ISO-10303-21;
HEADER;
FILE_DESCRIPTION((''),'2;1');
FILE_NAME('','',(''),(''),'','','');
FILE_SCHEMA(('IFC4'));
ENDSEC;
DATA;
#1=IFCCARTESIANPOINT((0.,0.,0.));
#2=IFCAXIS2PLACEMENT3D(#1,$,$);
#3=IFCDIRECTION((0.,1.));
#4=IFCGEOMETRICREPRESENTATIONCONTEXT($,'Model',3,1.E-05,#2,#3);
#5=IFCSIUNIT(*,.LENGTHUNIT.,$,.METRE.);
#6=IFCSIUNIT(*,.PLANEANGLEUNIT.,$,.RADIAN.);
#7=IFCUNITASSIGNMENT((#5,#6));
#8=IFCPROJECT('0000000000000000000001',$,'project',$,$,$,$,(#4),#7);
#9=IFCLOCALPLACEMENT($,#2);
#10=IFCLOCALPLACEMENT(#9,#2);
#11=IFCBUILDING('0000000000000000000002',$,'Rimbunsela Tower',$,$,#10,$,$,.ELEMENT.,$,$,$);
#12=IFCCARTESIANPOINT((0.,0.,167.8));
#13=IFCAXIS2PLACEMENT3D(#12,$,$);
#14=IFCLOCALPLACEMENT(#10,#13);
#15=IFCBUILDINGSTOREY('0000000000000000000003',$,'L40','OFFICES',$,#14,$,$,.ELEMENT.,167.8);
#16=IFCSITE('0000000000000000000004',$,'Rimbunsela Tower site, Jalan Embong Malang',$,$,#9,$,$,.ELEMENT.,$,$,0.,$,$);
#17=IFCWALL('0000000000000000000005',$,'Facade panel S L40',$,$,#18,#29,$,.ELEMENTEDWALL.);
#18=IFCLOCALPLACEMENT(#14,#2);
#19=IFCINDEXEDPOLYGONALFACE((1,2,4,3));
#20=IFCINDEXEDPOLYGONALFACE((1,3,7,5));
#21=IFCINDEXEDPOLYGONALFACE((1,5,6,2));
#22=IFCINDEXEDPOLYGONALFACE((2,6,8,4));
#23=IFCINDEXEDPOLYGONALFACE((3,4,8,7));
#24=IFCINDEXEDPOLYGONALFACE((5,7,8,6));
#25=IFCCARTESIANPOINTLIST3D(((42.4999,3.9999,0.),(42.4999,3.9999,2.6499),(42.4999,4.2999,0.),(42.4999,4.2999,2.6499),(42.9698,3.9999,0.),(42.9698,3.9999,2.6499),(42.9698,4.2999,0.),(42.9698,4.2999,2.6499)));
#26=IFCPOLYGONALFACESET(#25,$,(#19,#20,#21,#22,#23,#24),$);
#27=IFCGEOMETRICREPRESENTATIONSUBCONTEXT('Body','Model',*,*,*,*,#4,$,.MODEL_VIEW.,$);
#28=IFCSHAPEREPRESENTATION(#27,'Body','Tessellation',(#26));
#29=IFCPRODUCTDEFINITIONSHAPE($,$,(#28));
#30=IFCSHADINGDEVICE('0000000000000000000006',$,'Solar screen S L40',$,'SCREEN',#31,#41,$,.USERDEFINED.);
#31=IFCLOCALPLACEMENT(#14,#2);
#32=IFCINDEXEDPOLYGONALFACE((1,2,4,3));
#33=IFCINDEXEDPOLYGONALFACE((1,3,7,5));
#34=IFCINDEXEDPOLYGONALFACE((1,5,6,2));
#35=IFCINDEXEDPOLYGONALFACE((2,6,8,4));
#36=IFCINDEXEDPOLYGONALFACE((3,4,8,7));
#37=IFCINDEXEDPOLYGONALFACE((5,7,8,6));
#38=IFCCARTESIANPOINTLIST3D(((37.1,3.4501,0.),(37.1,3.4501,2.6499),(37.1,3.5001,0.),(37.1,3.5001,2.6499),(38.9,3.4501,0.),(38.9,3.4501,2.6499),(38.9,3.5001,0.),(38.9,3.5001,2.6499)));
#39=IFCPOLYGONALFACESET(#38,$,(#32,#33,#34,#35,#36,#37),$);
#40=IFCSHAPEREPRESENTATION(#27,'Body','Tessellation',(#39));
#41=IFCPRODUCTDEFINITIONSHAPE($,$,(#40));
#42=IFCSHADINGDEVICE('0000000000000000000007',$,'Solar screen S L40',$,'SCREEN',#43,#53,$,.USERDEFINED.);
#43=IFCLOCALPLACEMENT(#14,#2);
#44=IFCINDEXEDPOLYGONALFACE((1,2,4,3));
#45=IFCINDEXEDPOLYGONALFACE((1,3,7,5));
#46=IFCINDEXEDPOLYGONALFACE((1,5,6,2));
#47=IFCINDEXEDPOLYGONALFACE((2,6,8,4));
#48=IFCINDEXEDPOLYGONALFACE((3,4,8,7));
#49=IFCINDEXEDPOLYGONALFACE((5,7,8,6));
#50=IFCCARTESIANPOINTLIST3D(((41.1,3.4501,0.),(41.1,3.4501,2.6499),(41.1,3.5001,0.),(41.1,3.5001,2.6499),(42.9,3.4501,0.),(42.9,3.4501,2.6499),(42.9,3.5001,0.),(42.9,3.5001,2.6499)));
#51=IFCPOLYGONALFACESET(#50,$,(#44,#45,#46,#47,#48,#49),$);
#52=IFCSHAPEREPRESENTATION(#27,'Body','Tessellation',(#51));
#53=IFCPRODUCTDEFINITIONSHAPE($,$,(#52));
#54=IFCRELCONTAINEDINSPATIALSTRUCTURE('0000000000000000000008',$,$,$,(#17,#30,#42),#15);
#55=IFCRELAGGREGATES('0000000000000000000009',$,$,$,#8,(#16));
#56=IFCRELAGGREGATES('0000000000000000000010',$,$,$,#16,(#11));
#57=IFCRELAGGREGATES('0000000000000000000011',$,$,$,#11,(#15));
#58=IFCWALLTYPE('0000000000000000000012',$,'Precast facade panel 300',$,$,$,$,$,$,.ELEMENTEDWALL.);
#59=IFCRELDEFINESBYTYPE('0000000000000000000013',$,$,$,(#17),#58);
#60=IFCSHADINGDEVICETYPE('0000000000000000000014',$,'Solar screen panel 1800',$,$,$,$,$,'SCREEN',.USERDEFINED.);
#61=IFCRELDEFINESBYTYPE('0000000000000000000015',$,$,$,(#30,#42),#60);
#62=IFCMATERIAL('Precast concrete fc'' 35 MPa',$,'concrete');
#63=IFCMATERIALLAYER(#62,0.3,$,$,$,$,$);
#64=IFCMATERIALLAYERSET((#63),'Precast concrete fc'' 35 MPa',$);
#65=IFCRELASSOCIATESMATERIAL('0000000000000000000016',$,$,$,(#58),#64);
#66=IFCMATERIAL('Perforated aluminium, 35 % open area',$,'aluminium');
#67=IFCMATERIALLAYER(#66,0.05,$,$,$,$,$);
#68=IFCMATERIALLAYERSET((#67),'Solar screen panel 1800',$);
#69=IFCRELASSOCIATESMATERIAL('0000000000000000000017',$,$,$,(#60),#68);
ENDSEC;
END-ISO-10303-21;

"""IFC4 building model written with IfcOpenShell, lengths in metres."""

from ifc_helpers import new_model, si_unit, direction, frame, frame_2d, origin, origin_2d, place, context, subcontext, project, spatial, rectangle, extrude, material, layer, layer_set, type_object, element, save


model = new_model("IFC4")

# Units and contexts
model_context = context("Model", 3, precision=1e-05, world=origin(), true_north=direction((0.0, 1.0)))
body_context = subcontext(model_context, "Body", "Model", "MODEL_VIEW")
ifc_project = project(units=[si_unit("LENGTHUNIT", "METRE"), si_unit("PLANEANGLEUNIT", "RADIAN")], contexts=[model_context])

# Site, building, storey
site_placement = place(None, origin())
site = spatial("IfcSite", under=ifc_project, at=site_placement, Name="Rimbunsela Tower site, Jalan Embong Malang", CompositionType="ELEMENT", RefElevation=0.0)
building_placement = place(site_placement, origin())
building = spatial("IfcBuilding", under=site, at=building_placement, Name="Rimbunsela Tower", CompositionType="ELEMENT")
storey_placement = place(building_placement, frame((0.0, 0.0, 167.8)))
storey = spatial("IfcBuildingStorey", under=building, at=storey_placement, Name="L40", Description="OFFICES", CompositionType="ELEMENT", Elevation=167.8)

# Shared definitions
ifc_material_1 = material(Name="Precast concrete fc' 35 MPa", Category="concrete")
ifc_layer_1 = layer(ifc_material_1, 0.3)
ifc_layer_set_1 = layer_set([ifc_layer_1], Name="Precast concrete fc' 35 MPa")
wall_type = type_object("IfcWallType", Name="Precast facade panel 300", PredefinedType="ELEMENTEDWALL", material=ifc_layer_set_1)

# Wall
wall_1_placement = place(storey_placement, frame((42.5, 4.1499, 0.0), z_axis=(0.0, 0.0, 1.0), x_axis=(1.0, 0.0, 0.0)))
element("IfcWall", 1, at=wall_1_placement, inside=storey, type_object=wall_type, Name="Facade panel S L40", PredefinedType="ELEMENTEDWALL", context=body_context, shape_type="SweptSolid", body=[
    extrude(rectangle(XDim=0.47, YDim=0.3, at=frame_2d((0.2349, 0.0))), origin(), (0.0, 0.0, 1.0), 2.6499),
])

# Shading devices
ifc_material_2 = material(Name="Perforated aluminium, 35 % open area", Category="aluminium")
ifc_layer_2 = layer(ifc_material_2, 0.05)
ifc_layer_set_2 = layer_set([ifc_layer_2], Name="Solar screen panel 1800")
shading_device_type = type_object("IfcShadingDeviceType", Name="Solar screen panel 1800", ElementType="SCREEN", PredefinedType="USERDEFINED", material=ifc_layer_set_2)
for number, where, z_axis, x_axis, name in (
    (2, (38.0, 3.4751, 0.0), (0.0, 0.0, 1.0), (1.0, 0.0, 0.0), "Solar screen S L40"),
    (3, (42.0, 3.4751, 0.0), (0.0, 0.0, 1.0), (1.0, 0.0, 0.0), "Solar screen S L40"),
):
    element("IfcShadingDevice", number, at=place(storey_placement, frame(where, z_axis=z_axis, x_axis=x_axis)), inside=storey, type_object=shading_device_type, Name=name, ObjectType="SCREEN", PredefinedType="USERDEFINED", context=body_context, shape_type="SweptSolid", body=[
        extrude(rectangle(XDim=1.8, YDim=0.05, at=origin_2d()), origin(), (0.0, 0.0, 1.0), 2.6499),
    ])

save(model, "model.ifc")
